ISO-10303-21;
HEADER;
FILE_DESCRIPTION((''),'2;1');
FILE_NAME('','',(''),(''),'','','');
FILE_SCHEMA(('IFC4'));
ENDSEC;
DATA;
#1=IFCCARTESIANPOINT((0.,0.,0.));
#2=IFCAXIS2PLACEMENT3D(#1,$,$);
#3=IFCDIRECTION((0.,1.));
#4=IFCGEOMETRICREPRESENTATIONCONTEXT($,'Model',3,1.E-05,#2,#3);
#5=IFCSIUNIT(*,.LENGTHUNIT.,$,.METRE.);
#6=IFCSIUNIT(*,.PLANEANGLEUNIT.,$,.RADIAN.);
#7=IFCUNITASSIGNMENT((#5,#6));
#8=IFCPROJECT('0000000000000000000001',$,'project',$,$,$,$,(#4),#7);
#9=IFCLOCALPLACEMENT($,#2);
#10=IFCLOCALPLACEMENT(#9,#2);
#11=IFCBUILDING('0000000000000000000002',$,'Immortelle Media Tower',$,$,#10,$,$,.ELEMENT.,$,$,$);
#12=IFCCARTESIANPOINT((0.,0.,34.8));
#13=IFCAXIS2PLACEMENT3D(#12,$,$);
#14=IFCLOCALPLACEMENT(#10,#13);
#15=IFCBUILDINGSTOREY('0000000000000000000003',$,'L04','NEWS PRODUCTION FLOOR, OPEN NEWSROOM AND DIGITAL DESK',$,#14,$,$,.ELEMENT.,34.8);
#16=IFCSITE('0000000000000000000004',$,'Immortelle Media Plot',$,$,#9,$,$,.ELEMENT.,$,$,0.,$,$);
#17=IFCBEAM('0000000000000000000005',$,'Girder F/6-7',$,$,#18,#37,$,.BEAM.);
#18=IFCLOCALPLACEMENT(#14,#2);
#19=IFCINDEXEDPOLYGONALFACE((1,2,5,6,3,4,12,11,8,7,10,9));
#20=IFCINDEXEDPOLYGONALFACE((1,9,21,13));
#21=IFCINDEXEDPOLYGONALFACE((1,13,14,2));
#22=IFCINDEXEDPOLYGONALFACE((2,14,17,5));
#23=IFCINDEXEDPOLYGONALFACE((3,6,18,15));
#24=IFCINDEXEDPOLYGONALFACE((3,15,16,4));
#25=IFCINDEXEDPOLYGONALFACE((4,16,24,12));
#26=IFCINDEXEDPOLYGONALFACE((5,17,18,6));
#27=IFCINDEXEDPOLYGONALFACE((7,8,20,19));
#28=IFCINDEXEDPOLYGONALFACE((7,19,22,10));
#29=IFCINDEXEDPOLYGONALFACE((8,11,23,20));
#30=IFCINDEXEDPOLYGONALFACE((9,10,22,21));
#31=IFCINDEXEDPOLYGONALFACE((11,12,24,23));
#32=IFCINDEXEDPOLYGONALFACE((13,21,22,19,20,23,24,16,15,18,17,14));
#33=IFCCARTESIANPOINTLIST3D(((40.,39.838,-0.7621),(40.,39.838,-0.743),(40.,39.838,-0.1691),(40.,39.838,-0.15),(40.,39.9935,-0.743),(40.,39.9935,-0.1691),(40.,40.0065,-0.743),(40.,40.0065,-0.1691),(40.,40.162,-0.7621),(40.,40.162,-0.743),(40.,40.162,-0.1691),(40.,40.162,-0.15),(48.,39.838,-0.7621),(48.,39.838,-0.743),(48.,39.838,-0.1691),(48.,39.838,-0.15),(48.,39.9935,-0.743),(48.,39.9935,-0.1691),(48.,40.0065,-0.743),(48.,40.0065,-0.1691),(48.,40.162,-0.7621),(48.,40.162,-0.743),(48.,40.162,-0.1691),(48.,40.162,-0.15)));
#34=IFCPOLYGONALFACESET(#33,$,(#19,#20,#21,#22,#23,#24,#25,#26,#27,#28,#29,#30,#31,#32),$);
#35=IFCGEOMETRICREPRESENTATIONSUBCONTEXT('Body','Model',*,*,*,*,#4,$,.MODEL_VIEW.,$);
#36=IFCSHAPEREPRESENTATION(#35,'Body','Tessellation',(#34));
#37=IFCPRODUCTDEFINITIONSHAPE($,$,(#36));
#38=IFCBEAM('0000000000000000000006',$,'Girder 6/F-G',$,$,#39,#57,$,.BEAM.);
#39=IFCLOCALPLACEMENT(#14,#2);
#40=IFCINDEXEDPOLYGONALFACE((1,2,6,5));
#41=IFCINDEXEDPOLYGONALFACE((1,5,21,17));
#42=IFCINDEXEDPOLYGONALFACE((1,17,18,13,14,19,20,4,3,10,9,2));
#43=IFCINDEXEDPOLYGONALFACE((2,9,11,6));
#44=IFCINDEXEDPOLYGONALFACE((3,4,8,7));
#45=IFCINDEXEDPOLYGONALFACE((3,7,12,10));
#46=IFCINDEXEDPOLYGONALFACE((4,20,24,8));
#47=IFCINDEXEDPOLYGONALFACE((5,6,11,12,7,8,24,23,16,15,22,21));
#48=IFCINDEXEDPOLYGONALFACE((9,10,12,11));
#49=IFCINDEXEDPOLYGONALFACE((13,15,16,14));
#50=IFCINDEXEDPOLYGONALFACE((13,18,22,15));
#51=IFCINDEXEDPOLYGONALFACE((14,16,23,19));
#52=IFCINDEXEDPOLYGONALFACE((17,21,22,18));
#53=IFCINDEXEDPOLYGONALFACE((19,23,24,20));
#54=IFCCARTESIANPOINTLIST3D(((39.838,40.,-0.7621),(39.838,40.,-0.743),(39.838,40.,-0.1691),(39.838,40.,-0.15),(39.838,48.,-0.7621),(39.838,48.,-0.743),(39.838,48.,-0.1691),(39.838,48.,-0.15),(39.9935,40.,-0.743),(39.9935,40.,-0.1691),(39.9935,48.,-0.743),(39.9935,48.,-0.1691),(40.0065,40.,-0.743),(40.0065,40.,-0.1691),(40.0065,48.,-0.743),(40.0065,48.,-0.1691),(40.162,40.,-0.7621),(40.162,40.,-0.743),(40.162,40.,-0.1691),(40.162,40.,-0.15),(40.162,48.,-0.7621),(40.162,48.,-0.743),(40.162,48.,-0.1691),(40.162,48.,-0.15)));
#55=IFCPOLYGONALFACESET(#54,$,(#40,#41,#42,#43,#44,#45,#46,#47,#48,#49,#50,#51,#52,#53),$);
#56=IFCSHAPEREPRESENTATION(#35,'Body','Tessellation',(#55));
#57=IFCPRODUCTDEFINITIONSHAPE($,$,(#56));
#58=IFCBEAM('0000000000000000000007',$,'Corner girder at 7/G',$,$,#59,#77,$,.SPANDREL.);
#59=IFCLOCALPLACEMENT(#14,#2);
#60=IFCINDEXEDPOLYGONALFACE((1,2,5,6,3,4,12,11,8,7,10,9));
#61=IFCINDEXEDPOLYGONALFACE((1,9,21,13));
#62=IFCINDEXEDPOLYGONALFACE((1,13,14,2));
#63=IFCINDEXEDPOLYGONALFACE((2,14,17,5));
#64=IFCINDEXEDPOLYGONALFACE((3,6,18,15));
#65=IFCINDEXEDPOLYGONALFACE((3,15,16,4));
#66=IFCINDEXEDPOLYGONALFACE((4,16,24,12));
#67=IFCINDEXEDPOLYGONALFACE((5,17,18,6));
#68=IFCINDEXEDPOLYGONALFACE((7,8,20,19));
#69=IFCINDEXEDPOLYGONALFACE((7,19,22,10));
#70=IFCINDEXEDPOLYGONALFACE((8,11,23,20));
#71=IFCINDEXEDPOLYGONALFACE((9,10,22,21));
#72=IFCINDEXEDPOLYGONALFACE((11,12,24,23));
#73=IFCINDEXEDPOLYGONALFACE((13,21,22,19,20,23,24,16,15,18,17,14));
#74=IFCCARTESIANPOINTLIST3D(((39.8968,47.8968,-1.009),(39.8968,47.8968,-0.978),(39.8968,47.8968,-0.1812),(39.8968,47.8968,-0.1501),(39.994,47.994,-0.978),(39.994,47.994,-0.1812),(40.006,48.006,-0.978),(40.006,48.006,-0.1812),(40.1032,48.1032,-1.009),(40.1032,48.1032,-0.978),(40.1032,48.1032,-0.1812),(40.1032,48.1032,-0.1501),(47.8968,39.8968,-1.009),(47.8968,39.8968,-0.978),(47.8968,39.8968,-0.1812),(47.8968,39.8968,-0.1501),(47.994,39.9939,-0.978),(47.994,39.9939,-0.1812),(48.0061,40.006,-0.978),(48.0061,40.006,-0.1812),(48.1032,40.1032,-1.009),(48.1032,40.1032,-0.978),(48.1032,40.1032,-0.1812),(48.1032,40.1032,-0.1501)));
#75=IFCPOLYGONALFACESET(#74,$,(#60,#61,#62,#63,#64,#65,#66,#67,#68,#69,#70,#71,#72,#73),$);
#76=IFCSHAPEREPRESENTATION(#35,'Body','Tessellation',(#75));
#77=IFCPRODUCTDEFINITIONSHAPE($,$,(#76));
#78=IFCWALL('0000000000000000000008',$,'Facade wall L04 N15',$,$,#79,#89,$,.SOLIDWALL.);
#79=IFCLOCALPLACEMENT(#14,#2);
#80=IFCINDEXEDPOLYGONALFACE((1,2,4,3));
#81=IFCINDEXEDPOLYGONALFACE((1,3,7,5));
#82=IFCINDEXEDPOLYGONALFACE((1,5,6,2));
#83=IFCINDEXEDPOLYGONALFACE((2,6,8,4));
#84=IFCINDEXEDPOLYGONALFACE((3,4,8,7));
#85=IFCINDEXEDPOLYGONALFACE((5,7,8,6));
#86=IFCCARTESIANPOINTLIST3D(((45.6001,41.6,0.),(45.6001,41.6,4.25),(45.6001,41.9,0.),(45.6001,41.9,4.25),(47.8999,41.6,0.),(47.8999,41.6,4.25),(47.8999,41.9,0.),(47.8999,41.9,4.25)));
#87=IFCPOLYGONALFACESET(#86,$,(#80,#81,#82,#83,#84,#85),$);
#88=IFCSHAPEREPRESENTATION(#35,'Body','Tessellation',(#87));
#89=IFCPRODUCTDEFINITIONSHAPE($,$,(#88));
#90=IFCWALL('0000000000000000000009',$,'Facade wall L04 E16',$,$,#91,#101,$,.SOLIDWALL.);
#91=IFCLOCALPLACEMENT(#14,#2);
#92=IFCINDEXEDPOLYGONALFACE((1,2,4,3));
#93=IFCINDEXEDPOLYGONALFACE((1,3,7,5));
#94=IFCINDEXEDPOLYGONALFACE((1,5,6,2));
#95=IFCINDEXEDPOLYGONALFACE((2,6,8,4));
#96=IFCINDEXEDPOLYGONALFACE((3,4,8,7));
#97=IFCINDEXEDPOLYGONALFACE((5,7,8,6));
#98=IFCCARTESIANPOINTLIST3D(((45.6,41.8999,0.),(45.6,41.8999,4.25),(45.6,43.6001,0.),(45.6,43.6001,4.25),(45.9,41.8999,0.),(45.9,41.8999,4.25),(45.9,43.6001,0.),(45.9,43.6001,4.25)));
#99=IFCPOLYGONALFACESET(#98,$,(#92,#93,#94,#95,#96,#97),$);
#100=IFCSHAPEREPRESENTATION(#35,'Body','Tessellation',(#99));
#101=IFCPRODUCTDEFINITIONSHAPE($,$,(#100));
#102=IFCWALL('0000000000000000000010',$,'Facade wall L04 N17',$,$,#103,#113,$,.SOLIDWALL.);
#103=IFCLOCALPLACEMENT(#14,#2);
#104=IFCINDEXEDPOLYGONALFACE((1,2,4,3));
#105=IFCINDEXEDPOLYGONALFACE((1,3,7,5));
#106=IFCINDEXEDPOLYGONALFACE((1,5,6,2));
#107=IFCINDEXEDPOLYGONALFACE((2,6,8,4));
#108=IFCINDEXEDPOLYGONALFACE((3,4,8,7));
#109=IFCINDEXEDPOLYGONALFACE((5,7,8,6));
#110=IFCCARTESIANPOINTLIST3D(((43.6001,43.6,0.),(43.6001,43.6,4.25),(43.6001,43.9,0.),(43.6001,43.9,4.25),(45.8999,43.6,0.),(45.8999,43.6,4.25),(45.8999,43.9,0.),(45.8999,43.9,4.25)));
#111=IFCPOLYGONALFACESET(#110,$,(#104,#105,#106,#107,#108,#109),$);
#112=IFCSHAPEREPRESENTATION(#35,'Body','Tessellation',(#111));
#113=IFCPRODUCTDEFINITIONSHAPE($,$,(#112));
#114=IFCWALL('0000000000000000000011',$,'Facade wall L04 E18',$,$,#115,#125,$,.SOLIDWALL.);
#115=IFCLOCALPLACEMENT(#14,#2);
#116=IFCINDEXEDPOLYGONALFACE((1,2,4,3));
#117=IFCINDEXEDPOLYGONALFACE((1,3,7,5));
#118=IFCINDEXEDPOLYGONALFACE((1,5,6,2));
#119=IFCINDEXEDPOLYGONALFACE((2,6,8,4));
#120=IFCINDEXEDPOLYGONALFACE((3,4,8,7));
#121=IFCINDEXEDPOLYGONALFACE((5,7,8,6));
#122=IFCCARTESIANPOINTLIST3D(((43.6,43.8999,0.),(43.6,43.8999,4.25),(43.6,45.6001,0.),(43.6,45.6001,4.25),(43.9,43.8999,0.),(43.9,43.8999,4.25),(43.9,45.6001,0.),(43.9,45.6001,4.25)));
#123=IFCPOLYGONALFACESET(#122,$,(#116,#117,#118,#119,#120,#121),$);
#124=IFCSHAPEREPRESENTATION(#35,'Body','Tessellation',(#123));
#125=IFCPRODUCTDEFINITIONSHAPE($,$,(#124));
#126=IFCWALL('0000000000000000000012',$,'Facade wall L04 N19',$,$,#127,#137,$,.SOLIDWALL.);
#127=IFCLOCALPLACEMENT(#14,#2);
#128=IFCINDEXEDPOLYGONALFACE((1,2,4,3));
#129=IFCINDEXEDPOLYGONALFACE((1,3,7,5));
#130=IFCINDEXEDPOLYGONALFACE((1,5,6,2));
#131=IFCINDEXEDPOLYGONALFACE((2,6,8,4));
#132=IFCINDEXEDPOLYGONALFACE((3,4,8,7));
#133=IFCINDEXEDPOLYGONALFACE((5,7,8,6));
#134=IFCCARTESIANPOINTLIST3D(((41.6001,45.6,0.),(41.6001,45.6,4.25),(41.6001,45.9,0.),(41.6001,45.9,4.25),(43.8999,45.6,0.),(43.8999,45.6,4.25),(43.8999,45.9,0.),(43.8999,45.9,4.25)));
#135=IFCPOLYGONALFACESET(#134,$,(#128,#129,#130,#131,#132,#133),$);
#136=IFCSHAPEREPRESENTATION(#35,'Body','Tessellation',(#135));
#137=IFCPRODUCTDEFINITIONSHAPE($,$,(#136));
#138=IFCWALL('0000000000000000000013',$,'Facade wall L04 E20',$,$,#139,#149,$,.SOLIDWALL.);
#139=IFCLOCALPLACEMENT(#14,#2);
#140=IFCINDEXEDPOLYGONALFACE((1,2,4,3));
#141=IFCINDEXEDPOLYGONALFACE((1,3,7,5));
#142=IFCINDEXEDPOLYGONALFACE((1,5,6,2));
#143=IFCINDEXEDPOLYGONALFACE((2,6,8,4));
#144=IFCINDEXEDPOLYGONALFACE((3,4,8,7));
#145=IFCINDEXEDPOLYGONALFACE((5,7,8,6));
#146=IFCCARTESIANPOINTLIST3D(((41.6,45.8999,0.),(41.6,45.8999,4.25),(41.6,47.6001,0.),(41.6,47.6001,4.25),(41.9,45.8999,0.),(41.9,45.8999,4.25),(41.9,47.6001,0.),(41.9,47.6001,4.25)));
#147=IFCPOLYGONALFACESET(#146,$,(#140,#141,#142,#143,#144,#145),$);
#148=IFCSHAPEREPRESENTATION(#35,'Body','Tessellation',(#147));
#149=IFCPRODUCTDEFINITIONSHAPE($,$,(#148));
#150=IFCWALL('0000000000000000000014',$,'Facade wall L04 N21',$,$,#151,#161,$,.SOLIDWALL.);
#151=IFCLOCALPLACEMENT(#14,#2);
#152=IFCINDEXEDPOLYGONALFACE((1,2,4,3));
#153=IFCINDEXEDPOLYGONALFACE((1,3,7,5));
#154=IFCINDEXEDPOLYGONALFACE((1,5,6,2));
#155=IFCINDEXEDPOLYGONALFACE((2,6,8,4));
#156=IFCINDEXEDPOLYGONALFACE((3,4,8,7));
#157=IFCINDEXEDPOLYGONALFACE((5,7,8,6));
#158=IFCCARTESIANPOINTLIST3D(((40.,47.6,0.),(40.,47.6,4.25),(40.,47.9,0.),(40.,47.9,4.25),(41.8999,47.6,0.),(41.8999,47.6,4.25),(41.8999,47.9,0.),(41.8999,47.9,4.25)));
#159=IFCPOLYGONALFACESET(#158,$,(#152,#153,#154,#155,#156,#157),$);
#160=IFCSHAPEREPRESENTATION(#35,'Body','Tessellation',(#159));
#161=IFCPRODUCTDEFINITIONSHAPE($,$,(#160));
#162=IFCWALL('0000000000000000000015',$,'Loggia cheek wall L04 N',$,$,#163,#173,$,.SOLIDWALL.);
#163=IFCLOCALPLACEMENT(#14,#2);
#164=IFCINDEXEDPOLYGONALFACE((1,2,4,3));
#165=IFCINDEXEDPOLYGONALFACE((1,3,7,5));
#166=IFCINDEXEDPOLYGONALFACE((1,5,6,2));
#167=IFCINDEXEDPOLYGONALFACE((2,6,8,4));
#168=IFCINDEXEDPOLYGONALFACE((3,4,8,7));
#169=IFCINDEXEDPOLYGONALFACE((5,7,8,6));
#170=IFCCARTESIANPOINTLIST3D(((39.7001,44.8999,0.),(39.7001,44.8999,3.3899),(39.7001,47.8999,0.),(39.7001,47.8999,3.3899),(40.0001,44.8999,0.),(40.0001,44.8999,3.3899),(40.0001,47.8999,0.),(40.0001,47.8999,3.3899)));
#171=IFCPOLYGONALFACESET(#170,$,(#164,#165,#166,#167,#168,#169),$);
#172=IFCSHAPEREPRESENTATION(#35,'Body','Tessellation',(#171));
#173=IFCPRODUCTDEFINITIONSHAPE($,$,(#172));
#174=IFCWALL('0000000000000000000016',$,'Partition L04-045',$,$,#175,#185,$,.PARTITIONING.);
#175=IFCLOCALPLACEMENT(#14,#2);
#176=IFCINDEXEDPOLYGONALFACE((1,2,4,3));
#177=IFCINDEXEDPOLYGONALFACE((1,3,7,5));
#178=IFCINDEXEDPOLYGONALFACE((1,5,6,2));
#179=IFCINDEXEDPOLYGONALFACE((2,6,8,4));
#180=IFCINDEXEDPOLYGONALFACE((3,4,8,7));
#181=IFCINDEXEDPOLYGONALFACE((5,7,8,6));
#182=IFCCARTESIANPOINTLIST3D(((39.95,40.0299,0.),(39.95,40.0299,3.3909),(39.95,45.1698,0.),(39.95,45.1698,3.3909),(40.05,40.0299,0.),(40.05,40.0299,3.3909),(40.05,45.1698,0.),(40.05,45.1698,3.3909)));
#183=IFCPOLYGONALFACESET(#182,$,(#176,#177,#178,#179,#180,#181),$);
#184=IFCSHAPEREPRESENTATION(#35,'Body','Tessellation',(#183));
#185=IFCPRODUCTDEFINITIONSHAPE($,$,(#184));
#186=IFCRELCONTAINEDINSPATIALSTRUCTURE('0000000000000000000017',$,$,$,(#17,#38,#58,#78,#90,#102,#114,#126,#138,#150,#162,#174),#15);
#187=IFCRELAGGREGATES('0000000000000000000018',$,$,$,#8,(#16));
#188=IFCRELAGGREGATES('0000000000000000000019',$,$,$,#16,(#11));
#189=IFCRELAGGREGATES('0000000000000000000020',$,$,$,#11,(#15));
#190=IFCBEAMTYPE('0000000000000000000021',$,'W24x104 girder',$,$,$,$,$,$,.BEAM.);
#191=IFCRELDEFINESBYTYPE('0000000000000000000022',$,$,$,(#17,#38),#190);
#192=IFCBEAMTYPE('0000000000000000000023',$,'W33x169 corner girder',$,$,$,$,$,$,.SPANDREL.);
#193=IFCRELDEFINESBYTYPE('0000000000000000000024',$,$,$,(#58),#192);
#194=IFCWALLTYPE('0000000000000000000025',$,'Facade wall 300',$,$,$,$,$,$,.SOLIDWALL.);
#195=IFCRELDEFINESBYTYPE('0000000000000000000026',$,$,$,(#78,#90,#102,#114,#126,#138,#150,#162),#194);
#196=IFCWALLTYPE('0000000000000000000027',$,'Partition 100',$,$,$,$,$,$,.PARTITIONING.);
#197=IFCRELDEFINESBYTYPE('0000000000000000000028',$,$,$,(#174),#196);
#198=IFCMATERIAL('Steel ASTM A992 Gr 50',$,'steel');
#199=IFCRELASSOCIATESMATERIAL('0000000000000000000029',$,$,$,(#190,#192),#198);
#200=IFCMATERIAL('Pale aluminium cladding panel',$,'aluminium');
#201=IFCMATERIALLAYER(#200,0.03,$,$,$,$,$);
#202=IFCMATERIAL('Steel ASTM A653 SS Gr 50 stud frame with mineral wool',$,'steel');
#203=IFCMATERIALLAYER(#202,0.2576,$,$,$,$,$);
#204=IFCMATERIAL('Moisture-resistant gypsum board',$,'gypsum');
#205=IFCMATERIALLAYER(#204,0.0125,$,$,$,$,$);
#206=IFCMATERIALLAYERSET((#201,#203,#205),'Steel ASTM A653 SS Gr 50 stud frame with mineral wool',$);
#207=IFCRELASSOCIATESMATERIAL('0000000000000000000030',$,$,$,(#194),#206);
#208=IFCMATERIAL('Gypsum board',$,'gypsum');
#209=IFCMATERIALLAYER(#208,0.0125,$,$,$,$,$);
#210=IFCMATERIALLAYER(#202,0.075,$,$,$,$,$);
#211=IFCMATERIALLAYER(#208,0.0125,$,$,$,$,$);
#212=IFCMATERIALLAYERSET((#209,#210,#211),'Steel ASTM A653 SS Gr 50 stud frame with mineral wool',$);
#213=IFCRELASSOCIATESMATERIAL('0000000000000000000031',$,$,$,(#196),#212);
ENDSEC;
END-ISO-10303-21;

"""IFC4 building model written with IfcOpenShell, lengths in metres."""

from ifc_helpers import new_model, si_unit, direction, frame, frame_2d, origin, origin_2d, place, context, subcontext, project, spatial, rectangle, i_section, extrude, material, layer, layer_set, material_profile, profile_set, type_object, element, save


model = new_model("IFC4")

# Units and contexts
model_context = context("Model", 3, precision=1e-05, world=origin(), true_north=direction((0.0, 1.0)))
body_context = subcontext(model_context, "Body", "Model", "MODEL_VIEW")
ifc_project = project(units=[si_unit("LENGTHUNIT", "METRE"), si_unit("PLANEANGLEUNIT", "RADIAN")], contexts=[model_context])

# Site, building, storey
site_placement = place(None, origin())
site = spatial("IfcSite", under=ifc_project, at=site_placement, Name="Immortelle Media Plot", CompositionType="ELEMENT", RefElevation=0.0)
building_placement = place(site_placement, origin())
building = spatial("IfcBuilding", under=site, at=building_placement, Name="Immortelle Media Tower", CompositionType="ELEMENT")
storey_placement = place(building_placement, frame((0.0, 0.0, 34.8)))
storey = spatial("IfcBuildingStorey", under=building, at=storey_placement, Name="L04", Description="NEWS PRODUCTION FLOOR, OPEN NEWSROOM AND DIGITAL DESK", CompositionType="ELEMENT", Elevation=34.8)

# Shared definitions
ifc_material_1 = material(Name="Steel ASTM A992 Gr 50", Category="steel")

# Beams
ifc_material_profile_1 = material_profile(ifc_material_1, i_section(OverallWidth=0.324, OverallDepth=0.6121, WebThickness=0.0129, FlangeThickness=0.019, at=origin_2d()), Name="W24x104")
ifc_profile_set_1 = profile_set([ifc_material_profile_1], Name="Steel ASTM A992 Gr 50")
beam_type_1 = type_object("IfcBeamType", Name="W24x104 girder", PredefinedType="BEAM", material=ifc_profile_set_1)
for number, where, z_axis, x_axis, name in (
    (1, (40.0, 40.0, -0.4561), (1.0, 0.0, 0.0), (0.0, 1.0, 0.0), "Girder F/6-7"),
    (2, (40.0, 40.0, -0.4561), (0.0, 1.0, 0.0), (-1.0, 0.0, 0.0), "Girder 6/F-G"),
):
    element("IfcBeam", number, at=place(storey_placement, frame(where, z_axis=z_axis, x_axis=x_axis)), inside=storey, type_object=beam_type_1, Name=name, PredefinedType="BEAM", context=body_context, shape_type="SweptSolid", body=[
        extrude(i_section(OverallWidth=0.324, OverallDepth=0.6121, WebThickness=0.0129, FlangeThickness=0.019, at=origin_2d()), origin(), (0.0, 0.0, 1.0), 8.0),
    ])
ifc_material_profile_2 = material_profile(ifc_material_1, i_section(OverallWidth=0.292, OverallDepth=0.8589, WebThickness=0.0171, FlangeThickness=0.031, at=origin_2d()), Name="W33x169")
ifc_profile_set_2 = profile_set([ifc_material_profile_2], Name="Steel ASTM A992 Gr 50")
beam_type_2 = type_object("IfcBeamType", Name="W33x169 corner girder", PredefinedType="SPANDREL", material=ifc_profile_set_2)
beam_1_placement = place(storey_placement, frame((40.0, 48.0, -0.5796), z_axis=(0.707107, -0.707107, 0.0), x_axis=(0.707107, 0.707107, 0.0)))
element("IfcBeam", 3, at=beam_1_placement, inside=storey, type_object=beam_type_2, Name="Corner girder at 7/G", PredefinedType="SPANDREL", context=body_context, shape_type="SweptSolid", body=[
    extrude(i_section(OverallWidth=0.292, OverallDepth=0.8589, WebThickness=0.0171, FlangeThickness=0.031, at=origin_2d()), origin(), (0.0, 0.0, 1.0), 11.3137),
])

# Walls
ifc_material_2 = material(Name="Pale aluminium cladding panel", Category="aluminium")
ifc_layer_1 = layer(ifc_material_2, 0.03)
ifc_material_3 = material(Name="Steel ASTM A653 SS Gr 50 stud frame with mineral wool", Category="steel")
ifc_layer_2 = layer(ifc_material_3, 0.2576)
ifc_material_4 = material(Name="Moisture-resistant gypsum board", Category="gypsum")
ifc_layer_3 = layer(ifc_material_4, 0.0125)
ifc_layer_set_1 = layer_set([ifc_layer_1, ifc_layer_2, ifc_layer_3], Name="Steel ASTM A653 SS Gr 50 stud frame with mineral wool")
wall_type_1 = type_object("IfcWallType", Name="Facade wall 300", PredefinedType="SOLIDWALL", material=ifc_layer_set_1)
wall_1_placement = place(storey_placement, frame((47.8999, 41.75, 0.0), z_axis=(0.0, 0.0, 1.0), x_axis=(-1.0, 0.0, 0.0)))
element("IfcWall", 4, at=wall_1_placement, inside=storey, type_object=wall_type_1, Name="Facade wall L04 N15", PredefinedType="SOLIDWALL", context=body_context, shape_type="SweptSolid", body=[
    extrude(rectangle(XDim=2.2998, YDim=0.3, at=frame_2d((1.1499, 0.0))), origin(), (0.0, 0.0, 1.0), 4.25),
])
wall_2_placement = place(storey_placement, frame((45.75, 41.8999, 0.0), z_axis=(0.0, 0.0, 1.0), x_axis=(0.0, 1.0, 0.0)))
element("IfcWall", 5, at=wall_2_placement, inside=storey, type_object=wall_type_1, Name="Facade wall L04 E16", PredefinedType="SOLIDWALL", context=body_context, shape_type="SweptSolid", body=[
    extrude(rectangle(XDim=1.7002, YDim=0.3, at=frame_2d((0.8501, 0.0))), origin(), (0.0, 0.0, 1.0), 4.25),
])
wall_3_placement = place(storey_placement, frame((45.8999, 43.75, 0.0), z_axis=(0.0, 0.0, 1.0), x_axis=(-1.0, 0.0, 0.0)))
element("IfcWall", 6, at=wall_3_placement, inside=storey, type_object=wall_type_1, Name="Facade wall L04 N17", PredefinedType="SOLIDWALL", context=body_context, shape_type="SweptSolid", body=[
    extrude(rectangle(XDim=2.2998, YDim=0.3, at=frame_2d((1.1499, 0.0))), origin(), (0.0, 0.0, 1.0), 4.25),
])
wall_4_placement = place(storey_placement, frame((43.75, 43.8999, 0.0), z_axis=(0.0, 0.0, 1.0), x_axis=(0.0, 1.0, 0.0)))
element("IfcWall", 7, at=wall_4_placement, inside=storey, type_object=wall_type_1, Name="Facade wall L04 E18", PredefinedType="SOLIDWALL", context=body_context, shape_type="SweptSolid", body=[
    extrude(rectangle(XDim=1.7002, YDim=0.3, at=frame_2d((0.8501, 0.0))), origin(), (0.0, 0.0, 1.0), 4.25),
])
wall_5_placement = place(storey_placement, frame((43.8999, 45.75, 0.0), z_axis=(0.0, 0.0, 1.0), x_axis=(-1.0, 0.0, 0.0)))
element("IfcWall", 8, at=wall_5_placement, inside=storey, type_object=wall_type_1, Name="Facade wall L04 N19", PredefinedType="SOLIDWALL", context=body_context, shape_type="SweptSolid", body=[
    extrude(rectangle(XDim=2.2998, YDim=0.3, at=frame_2d((1.1499, 0.0))), origin(), (0.0, 0.0, 1.0), 4.25),
])
wall_6_placement = place(storey_placement, frame((41.75, 45.8999, 0.0), z_axis=(0.0, 0.0, 1.0), x_axis=(0.0, 1.0, 0.0)))
element("IfcWall", 9, at=wall_6_placement, inside=storey, type_object=wall_type_1, Name="Facade wall L04 E20", PredefinedType="SOLIDWALL", context=body_context, shape_type="SweptSolid", body=[
    extrude(rectangle(XDim=1.7002, YDim=0.3, at=frame_2d((0.8501, 0.0))), origin(), (0.0, 0.0, 1.0), 4.25),
])
wall_7_placement = place(storey_placement, frame((41.8999, 47.75, 0.0), z_axis=(0.0, 0.0, 1.0), x_axis=(-1.0, 0.0, 0.0)))
element("IfcWall", 10, at=wall_7_placement, inside=storey, type_object=wall_type_1, Name="Facade wall L04 N21", PredefinedType="SOLIDWALL", context=body_context, shape_type="SweptSolid", body=[
    extrude(rectangle(XDim=1.8999, YDim=0.3, at=frame_2d((0.95, 0.0))), origin(), (0.0, 0.0, 1.0), 4.25),
])

# Walls
wall_8_placement = place(storey_placement, frame((39.8501, 47.8999, 0.0), z_axis=(0.0, 0.0, 1.0), x_axis=(0.0, -1.0, 0.0)))
element("IfcWall", 11, at=wall_8_placement, inside=storey, type_object=wall_type_1, Name="Loggia cheek wall L04 N", PredefinedType="SOLIDWALL", context=body_context, shape_type="SweptSolid", body=[
    extrude(rectangle(XDim=3.0, YDim=0.3, at=frame_2d((1.5, 0.0))), origin(), (0.0, 0.0, 1.0), 3.3899),
])
ifc_material_5 = material(Name="Gypsum board", Category="gypsum")
ifc_layer_4 = layer(ifc_material_5, 0.0125)
ifc_layer_5 = layer(ifc_material_3, 0.075)
ifc_layer_6 = layer(ifc_material_5, 0.0125)
ifc_layer_set_2 = layer_set([ifc_layer_4, ifc_layer_5, ifc_layer_6], Name="Steel ASTM A653 SS Gr 50 stud frame with mineral wool")
wall_type_2 = type_object("IfcWallType", Name="Partition 100", PredefinedType="PARTITIONING", material=ifc_layer_set_2)
wall_9_placement = place(storey_placement, frame((40.0, 40.03, 0.0), z_axis=(0.0, 0.0, 1.0), x_axis=(0.0, 1.0, 0.0)))
element("IfcWall", 12, at=wall_9_placement, inside=storey, type_object=wall_type_2, Name="Partition L04-045", PredefinedType="PARTITIONING", context=body_context, shape_type="SweptSolid", body=[
    extrude(rectangle(XDim=5.1399, YDim=0.1001, at=frame_2d((2.5698, 0.0))), origin(), (0.0, 0.0, 1.0), 3.3909),
])

save(model, "model.ifc")
